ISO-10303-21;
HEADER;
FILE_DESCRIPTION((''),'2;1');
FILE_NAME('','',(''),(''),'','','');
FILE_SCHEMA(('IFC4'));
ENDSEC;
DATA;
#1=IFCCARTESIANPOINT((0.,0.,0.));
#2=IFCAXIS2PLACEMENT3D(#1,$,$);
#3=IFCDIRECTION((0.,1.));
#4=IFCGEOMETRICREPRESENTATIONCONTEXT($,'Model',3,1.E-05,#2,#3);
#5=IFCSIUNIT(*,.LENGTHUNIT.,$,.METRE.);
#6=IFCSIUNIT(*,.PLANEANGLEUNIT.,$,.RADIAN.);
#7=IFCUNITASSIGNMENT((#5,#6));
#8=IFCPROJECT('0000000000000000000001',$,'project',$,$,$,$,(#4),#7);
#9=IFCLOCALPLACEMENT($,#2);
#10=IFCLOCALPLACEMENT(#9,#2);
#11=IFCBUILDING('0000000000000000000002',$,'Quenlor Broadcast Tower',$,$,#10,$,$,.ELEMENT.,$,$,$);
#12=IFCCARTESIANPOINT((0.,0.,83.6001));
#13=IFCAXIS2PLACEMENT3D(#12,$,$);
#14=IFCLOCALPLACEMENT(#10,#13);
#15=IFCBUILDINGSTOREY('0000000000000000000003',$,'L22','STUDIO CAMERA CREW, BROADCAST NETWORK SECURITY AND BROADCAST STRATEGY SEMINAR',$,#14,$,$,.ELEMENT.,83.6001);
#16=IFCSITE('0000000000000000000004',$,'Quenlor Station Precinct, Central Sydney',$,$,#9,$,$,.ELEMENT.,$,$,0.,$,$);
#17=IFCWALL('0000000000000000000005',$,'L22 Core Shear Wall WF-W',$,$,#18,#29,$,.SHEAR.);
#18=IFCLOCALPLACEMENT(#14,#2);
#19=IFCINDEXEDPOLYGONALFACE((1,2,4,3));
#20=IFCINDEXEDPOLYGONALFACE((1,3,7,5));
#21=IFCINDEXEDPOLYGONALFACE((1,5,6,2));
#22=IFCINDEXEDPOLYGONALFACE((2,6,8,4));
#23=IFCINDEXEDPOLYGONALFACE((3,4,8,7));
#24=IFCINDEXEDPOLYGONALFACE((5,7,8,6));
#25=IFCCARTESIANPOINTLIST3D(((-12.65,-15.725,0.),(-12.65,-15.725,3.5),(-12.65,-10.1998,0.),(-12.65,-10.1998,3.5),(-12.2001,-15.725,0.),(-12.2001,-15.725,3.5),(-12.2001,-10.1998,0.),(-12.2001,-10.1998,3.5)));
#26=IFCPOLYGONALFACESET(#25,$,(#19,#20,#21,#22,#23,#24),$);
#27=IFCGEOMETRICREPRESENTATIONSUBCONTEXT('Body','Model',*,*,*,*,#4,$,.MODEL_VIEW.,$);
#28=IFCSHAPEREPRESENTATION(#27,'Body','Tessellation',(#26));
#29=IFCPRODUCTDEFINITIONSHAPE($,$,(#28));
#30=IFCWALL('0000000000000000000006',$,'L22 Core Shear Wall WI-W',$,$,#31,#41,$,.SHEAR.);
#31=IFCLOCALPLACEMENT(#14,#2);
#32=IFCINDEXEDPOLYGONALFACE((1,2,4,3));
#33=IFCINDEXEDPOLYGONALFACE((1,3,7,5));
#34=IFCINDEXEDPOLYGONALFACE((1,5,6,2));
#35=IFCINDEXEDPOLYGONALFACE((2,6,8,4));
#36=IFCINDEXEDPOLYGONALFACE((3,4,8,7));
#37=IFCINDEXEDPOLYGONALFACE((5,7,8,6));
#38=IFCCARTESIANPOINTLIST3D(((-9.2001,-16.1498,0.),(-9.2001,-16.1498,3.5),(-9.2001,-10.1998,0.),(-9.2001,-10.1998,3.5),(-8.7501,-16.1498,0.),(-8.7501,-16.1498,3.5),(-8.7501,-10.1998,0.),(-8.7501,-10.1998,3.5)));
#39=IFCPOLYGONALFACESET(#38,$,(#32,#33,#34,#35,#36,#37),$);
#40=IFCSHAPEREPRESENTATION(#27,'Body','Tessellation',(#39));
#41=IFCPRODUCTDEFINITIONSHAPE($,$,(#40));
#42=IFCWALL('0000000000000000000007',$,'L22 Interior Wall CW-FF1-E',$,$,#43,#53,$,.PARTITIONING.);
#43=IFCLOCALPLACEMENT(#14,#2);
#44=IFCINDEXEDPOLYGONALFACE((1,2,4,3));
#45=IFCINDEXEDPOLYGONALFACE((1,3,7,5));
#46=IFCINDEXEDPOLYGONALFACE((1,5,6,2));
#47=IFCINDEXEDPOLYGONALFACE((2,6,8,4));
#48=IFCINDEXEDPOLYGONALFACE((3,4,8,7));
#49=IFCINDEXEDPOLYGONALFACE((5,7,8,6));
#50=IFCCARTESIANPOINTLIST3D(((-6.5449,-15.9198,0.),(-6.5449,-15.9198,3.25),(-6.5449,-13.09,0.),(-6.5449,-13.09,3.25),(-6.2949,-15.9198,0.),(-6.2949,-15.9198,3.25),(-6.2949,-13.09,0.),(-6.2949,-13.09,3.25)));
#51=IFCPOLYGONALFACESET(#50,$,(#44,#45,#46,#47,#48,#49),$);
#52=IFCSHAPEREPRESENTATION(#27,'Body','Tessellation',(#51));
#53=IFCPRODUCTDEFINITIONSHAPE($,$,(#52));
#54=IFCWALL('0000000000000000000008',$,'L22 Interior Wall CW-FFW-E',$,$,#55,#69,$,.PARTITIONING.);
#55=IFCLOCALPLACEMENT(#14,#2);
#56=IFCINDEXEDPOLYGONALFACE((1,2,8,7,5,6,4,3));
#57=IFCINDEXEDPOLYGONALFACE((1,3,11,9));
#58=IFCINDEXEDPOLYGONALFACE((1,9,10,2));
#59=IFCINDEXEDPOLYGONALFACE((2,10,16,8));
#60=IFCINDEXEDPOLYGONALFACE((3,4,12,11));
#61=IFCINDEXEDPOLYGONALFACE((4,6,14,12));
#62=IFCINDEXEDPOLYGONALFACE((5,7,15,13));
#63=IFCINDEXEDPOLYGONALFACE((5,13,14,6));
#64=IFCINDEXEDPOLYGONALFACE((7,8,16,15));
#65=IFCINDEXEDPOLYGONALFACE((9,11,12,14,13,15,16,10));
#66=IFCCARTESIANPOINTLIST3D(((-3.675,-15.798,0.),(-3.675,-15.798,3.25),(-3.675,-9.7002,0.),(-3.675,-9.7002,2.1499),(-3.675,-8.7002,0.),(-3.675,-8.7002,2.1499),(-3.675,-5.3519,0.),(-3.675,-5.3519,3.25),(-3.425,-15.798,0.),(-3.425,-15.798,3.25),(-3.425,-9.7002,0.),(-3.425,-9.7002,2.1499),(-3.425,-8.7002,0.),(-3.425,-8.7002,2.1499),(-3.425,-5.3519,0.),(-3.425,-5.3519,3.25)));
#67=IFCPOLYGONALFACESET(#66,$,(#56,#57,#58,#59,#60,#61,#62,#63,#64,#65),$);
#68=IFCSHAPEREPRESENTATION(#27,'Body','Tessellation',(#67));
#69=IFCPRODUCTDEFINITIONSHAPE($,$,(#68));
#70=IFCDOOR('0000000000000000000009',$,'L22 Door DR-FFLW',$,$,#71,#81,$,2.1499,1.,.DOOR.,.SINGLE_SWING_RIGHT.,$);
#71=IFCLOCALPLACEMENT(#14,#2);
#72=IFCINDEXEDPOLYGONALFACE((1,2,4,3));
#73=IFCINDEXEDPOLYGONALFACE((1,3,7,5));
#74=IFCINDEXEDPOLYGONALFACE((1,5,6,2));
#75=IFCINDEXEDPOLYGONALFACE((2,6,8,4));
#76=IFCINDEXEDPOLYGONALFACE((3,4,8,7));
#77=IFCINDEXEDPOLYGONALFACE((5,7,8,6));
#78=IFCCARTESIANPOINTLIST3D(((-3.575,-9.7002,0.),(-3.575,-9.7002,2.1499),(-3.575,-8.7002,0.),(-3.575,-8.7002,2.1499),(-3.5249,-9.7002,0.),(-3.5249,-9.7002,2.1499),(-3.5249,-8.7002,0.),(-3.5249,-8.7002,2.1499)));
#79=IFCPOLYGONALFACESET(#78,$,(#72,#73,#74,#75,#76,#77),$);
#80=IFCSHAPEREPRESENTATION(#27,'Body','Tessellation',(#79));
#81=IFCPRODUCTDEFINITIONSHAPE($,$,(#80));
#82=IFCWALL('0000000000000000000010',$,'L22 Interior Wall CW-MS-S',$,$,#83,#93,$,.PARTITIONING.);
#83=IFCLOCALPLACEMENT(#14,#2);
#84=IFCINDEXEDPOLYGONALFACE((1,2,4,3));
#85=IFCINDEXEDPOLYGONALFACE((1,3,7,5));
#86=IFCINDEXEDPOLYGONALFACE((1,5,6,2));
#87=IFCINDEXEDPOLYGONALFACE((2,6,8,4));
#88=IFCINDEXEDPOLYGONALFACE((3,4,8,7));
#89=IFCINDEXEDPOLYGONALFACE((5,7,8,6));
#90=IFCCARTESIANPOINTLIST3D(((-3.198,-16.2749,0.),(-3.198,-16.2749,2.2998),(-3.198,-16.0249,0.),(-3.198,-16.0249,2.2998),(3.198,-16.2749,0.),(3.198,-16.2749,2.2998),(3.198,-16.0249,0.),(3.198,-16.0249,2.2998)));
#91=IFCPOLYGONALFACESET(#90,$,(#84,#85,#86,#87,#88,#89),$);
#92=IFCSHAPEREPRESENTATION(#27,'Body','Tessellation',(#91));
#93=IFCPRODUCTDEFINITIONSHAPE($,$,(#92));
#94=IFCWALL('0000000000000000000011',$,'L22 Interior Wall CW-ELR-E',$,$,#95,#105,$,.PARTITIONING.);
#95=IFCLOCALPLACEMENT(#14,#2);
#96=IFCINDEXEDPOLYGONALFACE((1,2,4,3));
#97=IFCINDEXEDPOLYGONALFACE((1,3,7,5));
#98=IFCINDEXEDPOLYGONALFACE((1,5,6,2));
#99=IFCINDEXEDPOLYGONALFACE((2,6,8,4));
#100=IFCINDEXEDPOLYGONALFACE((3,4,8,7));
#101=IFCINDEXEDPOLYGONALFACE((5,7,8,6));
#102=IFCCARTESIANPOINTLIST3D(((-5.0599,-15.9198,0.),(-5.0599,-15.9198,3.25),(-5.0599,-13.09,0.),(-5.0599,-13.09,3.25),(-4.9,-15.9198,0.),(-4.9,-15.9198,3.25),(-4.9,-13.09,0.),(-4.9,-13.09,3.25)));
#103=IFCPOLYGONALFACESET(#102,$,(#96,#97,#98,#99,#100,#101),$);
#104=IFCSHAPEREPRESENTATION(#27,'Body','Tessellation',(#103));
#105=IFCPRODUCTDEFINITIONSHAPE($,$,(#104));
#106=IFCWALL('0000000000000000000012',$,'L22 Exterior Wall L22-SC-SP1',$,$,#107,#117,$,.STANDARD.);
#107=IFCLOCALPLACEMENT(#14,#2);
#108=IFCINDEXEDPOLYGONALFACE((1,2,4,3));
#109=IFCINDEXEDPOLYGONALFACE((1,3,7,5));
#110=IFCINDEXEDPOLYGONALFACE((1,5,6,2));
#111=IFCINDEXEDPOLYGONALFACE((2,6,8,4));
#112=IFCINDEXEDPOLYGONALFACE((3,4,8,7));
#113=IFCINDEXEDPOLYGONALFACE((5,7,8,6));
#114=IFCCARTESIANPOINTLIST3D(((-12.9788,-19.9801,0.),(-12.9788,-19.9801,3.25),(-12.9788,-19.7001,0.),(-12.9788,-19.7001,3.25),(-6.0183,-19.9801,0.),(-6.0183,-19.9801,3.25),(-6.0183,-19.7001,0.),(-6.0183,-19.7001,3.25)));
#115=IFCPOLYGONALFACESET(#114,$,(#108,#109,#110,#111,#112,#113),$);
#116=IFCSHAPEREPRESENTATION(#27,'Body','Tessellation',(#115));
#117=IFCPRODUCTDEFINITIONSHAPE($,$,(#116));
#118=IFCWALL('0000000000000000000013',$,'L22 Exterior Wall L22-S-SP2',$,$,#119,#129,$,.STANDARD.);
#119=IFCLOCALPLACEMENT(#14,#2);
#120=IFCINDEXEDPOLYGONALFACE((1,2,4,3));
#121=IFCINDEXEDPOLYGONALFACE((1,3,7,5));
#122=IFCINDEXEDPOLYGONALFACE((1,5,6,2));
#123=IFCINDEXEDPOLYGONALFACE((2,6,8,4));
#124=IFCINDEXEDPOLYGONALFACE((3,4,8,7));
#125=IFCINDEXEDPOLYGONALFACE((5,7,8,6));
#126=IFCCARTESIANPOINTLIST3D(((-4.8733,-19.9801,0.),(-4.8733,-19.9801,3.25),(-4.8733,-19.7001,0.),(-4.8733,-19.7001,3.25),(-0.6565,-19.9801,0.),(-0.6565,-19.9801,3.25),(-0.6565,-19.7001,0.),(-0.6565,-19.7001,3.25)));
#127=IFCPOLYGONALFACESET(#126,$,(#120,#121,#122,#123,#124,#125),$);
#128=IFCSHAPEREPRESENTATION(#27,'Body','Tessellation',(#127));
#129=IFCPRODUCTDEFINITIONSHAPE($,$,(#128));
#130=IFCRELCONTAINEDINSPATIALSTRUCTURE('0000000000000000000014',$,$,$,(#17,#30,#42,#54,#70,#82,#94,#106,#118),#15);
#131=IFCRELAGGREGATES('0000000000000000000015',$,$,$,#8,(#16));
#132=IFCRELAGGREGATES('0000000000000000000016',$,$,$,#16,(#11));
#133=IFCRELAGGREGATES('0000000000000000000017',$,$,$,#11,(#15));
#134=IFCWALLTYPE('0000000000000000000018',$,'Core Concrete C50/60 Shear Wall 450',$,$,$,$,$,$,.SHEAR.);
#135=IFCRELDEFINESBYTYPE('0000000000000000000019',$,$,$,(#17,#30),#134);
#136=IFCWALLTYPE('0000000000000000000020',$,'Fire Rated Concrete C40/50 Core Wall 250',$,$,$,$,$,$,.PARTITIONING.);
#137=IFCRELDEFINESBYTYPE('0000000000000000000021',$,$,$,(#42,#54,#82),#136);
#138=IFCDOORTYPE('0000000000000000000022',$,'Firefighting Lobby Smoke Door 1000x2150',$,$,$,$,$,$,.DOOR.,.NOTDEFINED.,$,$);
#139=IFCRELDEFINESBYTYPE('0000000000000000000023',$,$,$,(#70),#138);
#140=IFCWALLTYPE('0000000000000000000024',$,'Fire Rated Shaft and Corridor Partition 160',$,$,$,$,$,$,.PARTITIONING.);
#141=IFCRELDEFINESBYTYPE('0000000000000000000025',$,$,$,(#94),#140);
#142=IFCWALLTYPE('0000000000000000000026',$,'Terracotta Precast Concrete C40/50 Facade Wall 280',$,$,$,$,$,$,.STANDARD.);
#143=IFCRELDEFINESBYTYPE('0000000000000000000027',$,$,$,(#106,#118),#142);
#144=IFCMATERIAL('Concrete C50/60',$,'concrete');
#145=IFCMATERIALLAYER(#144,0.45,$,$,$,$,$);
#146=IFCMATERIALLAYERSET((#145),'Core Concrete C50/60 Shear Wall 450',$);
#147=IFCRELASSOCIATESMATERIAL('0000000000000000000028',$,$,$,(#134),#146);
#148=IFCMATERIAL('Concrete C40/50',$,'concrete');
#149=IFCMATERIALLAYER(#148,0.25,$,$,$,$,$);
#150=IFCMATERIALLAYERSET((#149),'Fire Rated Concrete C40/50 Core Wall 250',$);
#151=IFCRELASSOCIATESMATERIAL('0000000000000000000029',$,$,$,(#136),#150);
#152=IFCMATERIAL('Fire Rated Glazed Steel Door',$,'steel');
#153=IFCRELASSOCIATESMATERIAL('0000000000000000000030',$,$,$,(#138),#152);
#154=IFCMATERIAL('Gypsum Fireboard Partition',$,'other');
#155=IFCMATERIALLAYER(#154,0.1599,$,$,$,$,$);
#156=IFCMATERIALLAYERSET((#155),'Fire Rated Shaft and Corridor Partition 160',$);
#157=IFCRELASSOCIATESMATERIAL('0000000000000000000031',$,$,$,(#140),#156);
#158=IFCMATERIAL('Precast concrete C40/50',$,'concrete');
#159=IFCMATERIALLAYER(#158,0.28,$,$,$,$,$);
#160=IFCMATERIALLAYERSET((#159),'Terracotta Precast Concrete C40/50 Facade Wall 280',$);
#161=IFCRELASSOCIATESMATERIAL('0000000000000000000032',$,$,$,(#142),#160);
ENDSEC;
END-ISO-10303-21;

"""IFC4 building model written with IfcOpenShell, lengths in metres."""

from ifc_helpers import new_model, si_unit, direction, frame, frame_2d, origin, place, context, subcontext, project, spatial, rectangle, extrude, material, layer, layer_set, type_object, element, fill, save


model = new_model("IFC4")

# Units and contexts
model_context = context("Model", 3, precision=1e-05, world=origin(), true_north=direction((0.0, 1.0)))
body_context = subcontext(model_context, "Body", "Model", "MODEL_VIEW")
ifc_project = project(units=[si_unit("LENGTHUNIT", "METRE"), si_unit("PLANEANGLEUNIT", "RADIAN")], contexts=[model_context])

# Site, building, storey
site_placement = place(None, origin())
site = spatial("IfcSite", under=ifc_project, at=site_placement, Name="Quenlor Station Precinct, Central Sydney", CompositionType="ELEMENT", RefElevation=0.0)
building_placement = place(site_placement, origin())
building = spatial("IfcBuilding", under=site, at=building_placement, Name="Quenlor Broadcast Tower", CompositionType="ELEMENT")
storey_placement = place(building_placement, frame((0.0, 0.0, 83.6001)))
storey = spatial("IfcBuildingStorey", under=building, at=storey_placement, Name="L22", Description="STUDIO CAMERA CREW, BROADCAST NETWORK SECURITY AND BROADCAST STRATEGY SEMINAR", CompositionType="ELEMENT", Elevation=83.6001)

# Walls
ifc_material_1 = material(Name="Concrete C50/60", Category="concrete")
ifc_layer_1 = layer(ifc_material_1, 0.45)
ifc_layer_set_1 = layer_set([ifc_layer_1], Name="Core Concrete C50/60 Shear Wall 450")
wall_type_1 = type_object("IfcWallType", Name="Core Concrete C50/60 Shear Wall 450", PredefinedType="SHEAR", material=ifc_layer_set_1)
wall_1_placement = place(storey_placement, frame((-12.425, -15.7251, 0.0), z_axis=(0.0, 0.0, 1.0), x_axis=(0.0, 1.0, 0.0)))
element("IfcWall", 1, at=wall_1_placement, inside=storey, type_object=wall_type_1, Name="L22 Core Shear Wall WF-W", PredefinedType="SHEAR", context=body_context, shape_type="SweptSolid", body=[
    extrude(rectangle(XDim=5.5251, YDim=0.45, at=frame_2d((2.7627, 0.0))), origin(), (0.0, 0.0, 1.0), 3.5),
])
wall_2_placement = place(storey_placement, frame((-8.9751, -16.1499, 0.0), z_axis=(0.0, 0.0, 1.0), x_axis=(0.0, 1.0, 0.0)))
element("IfcWall", 2, at=wall_2_placement, inside=storey, type_object=wall_type_1, Name="L22 Core Shear Wall WI-W", PredefinedType="SHEAR", context=body_context, shape_type="SweptSolid", body=[
    extrude(rectangle(XDim=5.95, YDim=0.45, at=frame_2d((2.9751, 0.0))), origin(), (0.0, 0.0, 1.0), 3.5),
])
ifc_material_2 = material(Name="Concrete C40/50", Category="concrete")
ifc_layer_2 = layer(ifc_material_2, 0.25)
ifc_layer_set_2 = layer_set([ifc_layer_2], Name="Fire Rated Concrete C40/50 Core Wall 250")
wall_type_2 = type_object("IfcWallType", Name="Fire Rated Concrete C40/50 Core Wall 250", PredefinedType="PARTITIONING", material=ifc_layer_set_2)
wall_3_placement = place(storey_placement, frame((-6.4199, -15.9199, 0.0), z_axis=(0.0, 0.0, 1.0), x_axis=(0.0, 1.0, 0.0)))
element("IfcWall", 3, at=wall_3_placement, inside=storey, type_object=wall_type_2, Name="L22 Interior Wall CW-FF1-E", PredefinedType="PARTITIONING", context=body_context, shape_type="SweptSolid", body=[
    extrude(rectangle(XDim=2.8298, YDim=0.25, at=frame_2d((1.415, 0.0))), origin(), (0.0, 0.0, 1.0), 3.25),
])

# Wall, opening, door
wall_4_placement = place(storey_placement, frame((-3.55, -15.7981, 0.0), z_axis=(0.0, 0.0, 1.0), x_axis=(0.0, 1.0, 0.0)))
wall_4 = element("IfcWall", 4, at=wall_4_placement, inside=storey, type_object=wall_type_2, Name="L22 Interior Wall CW-FFW-E", PredefinedType="PARTITIONING", context=body_context, shape_type="SweptSolid", body=[
    extrude(rectangle(XDim=10.446, YDim=0.25, at=frame_2d((5.2231, 0.0))), origin(), (0.0, 0.0, 1.0), 3.25),
])
opening_placement = place(wall_4_placement, frame((6.0979, 0.0, 0.0)))
opening = element("IfcOpeningElement", 5, at=opening_placement, cuts=wall_4, PredefinedType="OPENING", context=body_context, shape_type="SweptSolid", body=[
    extrude(rectangle(XDim=1.0, YDim=2.1499, at=frame_2d((0.5, 1.075))), frame((0.0, 0.135, 0.0), z_axis=(0.0, -1.0, 0.0), x_axis=(1.0, 0.0, 0.0)), (0.0, 0.0, 1.0), 0.27),
])
ifc_material_3 = material(Name="Fire Rated Glazed Steel Door", Category="steel")
door_type = type_object("IfcDoorType", Name="Firefighting Lobby Smoke Door 1000x2150", OperationType="NOTDEFINED", PredefinedType="DOOR", material=ifc_material_3)
door_placement = place(opening_placement, origin())
door = element("IfcDoor", 6, at=door_placement, inside=storey, type_object=door_type, Name="L22 Door DR-FFLW", OperationType="SINGLE_SWING_RIGHT", OverallHeight=2.1499, OverallWidth=1.0, PredefinedType="DOOR", context=body_context, shape_type="SweptSolid", body=[
    extrude(rectangle(XDim=1.0, YDim=2.1499, at=frame_2d((0.5, 1.075))), frame((0.0, 0.0249, 0.0), z_axis=(0.0, -1.0, 0.0), x_axis=(1.0, 0.0, 0.0)), (0.0, 0.0, 1.0), 0.05),
])
fill(opening, door)

# Walls
wall_5_placement = place(storey_placement, frame((-3.198, -16.1499, 0.0), z_axis=(0.0, 0.0, 1.0), x_axis=(1.0, 0.0, 0.0)))
element("IfcWall", 7, at=wall_5_placement, inside=storey, type_object=wall_type_2, Name="L22 Interior Wall CW-MS-S", PredefinedType="PARTITIONING", context=body_context, shape_type="SweptSolid", body=[
    extrude(rectangle(XDim=6.396, YDim=0.25, at=frame_2d((3.198, 0.0))), origin(), (0.0, 0.0, 1.0), 2.2998),
])
ifc_material_4 = material(Name="Gypsum Fireboard Partition", Category="other")
ifc_layer_3 = layer(ifc_material_4, 0.1599)
ifc_layer_set_3 = layer_set([ifc_layer_3], Name="Fire Rated Shaft and Corridor Partition 160")
wall_type_3 = type_object("IfcWallType", Name="Fire Rated Shaft and Corridor Partition 160", PredefinedType="PARTITIONING", material=ifc_layer_set_3)
wall_6_placement = place(storey_placement, frame((-4.98, -15.9199, 0.0), z_axis=(0.0, 0.0, 1.0), x_axis=(0.0, 1.0, 0.0)))
element("IfcWall", 8, at=wall_6_placement, inside=storey, type_object=wall_type_3, Name="L22 Interior Wall CW-ELR-E", PredefinedType="PARTITIONING", context=body_context, shape_type="SweptSolid", body=[
    extrude(rectangle(XDim=2.8298, YDim=0.1599, at=frame_2d((1.415, 0.0))), origin(), (0.0, 0.0, 1.0), 3.25),
])
ifc_material_5 = material(Name="Precast concrete C40/50", Category="concrete")
ifc_layer_4 = layer(ifc_material_5, 0.28)
ifc_layer_set_4 = layer_set([ifc_layer_4], Name="Terracotta Precast Concrete C40/50 Facade Wall 280")
wall_type_4 = type_object("IfcWallType", Name="Terracotta Precast Concrete C40/50 Facade Wall 280", PredefinedType="STANDARD", material=ifc_layer_set_4)
wall_7_placement = place(storey_placement, frame((-6.0183, -19.8401, 0.0), z_axis=(0.0, 0.0, 1.0), x_axis=(-1.0, 0.0, 0.0)))
element("IfcWall", 9, at=wall_7_placement, inside=storey, type_object=wall_type_4, Name="L22 Exterior Wall L22-SC-SP1", PredefinedType="STANDARD", context=body_context, shape_type="SweptSolid", body=[
    extrude(rectangle(XDim=6.9604, YDim=0.28, at=frame_2d((3.4802, 0.0))), origin(), (0.0, 0.0, 1.0), 3.25),
])
wall_8_placement = place(storey_placement, frame((-0.6565, -19.8401, 0.0), z_axis=(0.0, 0.0, 1.0), x_axis=(-1.0, 0.0, 0.0)))
element("IfcWall", 10, at=wall_8_placement, inside=storey, type_object=wall_type_4, Name="L22 Exterior Wall L22-S-SP2", PredefinedType="STANDARD", context=body_context, shape_type="SweptSolid", body=[
    extrude(rectangle(XDim=4.2168, YDim=0.28, at=frame_2d((2.1084, 0.0))), origin(), (0.0, 0.0, 1.0), 3.25),
])

save(model, "model.ifc")
